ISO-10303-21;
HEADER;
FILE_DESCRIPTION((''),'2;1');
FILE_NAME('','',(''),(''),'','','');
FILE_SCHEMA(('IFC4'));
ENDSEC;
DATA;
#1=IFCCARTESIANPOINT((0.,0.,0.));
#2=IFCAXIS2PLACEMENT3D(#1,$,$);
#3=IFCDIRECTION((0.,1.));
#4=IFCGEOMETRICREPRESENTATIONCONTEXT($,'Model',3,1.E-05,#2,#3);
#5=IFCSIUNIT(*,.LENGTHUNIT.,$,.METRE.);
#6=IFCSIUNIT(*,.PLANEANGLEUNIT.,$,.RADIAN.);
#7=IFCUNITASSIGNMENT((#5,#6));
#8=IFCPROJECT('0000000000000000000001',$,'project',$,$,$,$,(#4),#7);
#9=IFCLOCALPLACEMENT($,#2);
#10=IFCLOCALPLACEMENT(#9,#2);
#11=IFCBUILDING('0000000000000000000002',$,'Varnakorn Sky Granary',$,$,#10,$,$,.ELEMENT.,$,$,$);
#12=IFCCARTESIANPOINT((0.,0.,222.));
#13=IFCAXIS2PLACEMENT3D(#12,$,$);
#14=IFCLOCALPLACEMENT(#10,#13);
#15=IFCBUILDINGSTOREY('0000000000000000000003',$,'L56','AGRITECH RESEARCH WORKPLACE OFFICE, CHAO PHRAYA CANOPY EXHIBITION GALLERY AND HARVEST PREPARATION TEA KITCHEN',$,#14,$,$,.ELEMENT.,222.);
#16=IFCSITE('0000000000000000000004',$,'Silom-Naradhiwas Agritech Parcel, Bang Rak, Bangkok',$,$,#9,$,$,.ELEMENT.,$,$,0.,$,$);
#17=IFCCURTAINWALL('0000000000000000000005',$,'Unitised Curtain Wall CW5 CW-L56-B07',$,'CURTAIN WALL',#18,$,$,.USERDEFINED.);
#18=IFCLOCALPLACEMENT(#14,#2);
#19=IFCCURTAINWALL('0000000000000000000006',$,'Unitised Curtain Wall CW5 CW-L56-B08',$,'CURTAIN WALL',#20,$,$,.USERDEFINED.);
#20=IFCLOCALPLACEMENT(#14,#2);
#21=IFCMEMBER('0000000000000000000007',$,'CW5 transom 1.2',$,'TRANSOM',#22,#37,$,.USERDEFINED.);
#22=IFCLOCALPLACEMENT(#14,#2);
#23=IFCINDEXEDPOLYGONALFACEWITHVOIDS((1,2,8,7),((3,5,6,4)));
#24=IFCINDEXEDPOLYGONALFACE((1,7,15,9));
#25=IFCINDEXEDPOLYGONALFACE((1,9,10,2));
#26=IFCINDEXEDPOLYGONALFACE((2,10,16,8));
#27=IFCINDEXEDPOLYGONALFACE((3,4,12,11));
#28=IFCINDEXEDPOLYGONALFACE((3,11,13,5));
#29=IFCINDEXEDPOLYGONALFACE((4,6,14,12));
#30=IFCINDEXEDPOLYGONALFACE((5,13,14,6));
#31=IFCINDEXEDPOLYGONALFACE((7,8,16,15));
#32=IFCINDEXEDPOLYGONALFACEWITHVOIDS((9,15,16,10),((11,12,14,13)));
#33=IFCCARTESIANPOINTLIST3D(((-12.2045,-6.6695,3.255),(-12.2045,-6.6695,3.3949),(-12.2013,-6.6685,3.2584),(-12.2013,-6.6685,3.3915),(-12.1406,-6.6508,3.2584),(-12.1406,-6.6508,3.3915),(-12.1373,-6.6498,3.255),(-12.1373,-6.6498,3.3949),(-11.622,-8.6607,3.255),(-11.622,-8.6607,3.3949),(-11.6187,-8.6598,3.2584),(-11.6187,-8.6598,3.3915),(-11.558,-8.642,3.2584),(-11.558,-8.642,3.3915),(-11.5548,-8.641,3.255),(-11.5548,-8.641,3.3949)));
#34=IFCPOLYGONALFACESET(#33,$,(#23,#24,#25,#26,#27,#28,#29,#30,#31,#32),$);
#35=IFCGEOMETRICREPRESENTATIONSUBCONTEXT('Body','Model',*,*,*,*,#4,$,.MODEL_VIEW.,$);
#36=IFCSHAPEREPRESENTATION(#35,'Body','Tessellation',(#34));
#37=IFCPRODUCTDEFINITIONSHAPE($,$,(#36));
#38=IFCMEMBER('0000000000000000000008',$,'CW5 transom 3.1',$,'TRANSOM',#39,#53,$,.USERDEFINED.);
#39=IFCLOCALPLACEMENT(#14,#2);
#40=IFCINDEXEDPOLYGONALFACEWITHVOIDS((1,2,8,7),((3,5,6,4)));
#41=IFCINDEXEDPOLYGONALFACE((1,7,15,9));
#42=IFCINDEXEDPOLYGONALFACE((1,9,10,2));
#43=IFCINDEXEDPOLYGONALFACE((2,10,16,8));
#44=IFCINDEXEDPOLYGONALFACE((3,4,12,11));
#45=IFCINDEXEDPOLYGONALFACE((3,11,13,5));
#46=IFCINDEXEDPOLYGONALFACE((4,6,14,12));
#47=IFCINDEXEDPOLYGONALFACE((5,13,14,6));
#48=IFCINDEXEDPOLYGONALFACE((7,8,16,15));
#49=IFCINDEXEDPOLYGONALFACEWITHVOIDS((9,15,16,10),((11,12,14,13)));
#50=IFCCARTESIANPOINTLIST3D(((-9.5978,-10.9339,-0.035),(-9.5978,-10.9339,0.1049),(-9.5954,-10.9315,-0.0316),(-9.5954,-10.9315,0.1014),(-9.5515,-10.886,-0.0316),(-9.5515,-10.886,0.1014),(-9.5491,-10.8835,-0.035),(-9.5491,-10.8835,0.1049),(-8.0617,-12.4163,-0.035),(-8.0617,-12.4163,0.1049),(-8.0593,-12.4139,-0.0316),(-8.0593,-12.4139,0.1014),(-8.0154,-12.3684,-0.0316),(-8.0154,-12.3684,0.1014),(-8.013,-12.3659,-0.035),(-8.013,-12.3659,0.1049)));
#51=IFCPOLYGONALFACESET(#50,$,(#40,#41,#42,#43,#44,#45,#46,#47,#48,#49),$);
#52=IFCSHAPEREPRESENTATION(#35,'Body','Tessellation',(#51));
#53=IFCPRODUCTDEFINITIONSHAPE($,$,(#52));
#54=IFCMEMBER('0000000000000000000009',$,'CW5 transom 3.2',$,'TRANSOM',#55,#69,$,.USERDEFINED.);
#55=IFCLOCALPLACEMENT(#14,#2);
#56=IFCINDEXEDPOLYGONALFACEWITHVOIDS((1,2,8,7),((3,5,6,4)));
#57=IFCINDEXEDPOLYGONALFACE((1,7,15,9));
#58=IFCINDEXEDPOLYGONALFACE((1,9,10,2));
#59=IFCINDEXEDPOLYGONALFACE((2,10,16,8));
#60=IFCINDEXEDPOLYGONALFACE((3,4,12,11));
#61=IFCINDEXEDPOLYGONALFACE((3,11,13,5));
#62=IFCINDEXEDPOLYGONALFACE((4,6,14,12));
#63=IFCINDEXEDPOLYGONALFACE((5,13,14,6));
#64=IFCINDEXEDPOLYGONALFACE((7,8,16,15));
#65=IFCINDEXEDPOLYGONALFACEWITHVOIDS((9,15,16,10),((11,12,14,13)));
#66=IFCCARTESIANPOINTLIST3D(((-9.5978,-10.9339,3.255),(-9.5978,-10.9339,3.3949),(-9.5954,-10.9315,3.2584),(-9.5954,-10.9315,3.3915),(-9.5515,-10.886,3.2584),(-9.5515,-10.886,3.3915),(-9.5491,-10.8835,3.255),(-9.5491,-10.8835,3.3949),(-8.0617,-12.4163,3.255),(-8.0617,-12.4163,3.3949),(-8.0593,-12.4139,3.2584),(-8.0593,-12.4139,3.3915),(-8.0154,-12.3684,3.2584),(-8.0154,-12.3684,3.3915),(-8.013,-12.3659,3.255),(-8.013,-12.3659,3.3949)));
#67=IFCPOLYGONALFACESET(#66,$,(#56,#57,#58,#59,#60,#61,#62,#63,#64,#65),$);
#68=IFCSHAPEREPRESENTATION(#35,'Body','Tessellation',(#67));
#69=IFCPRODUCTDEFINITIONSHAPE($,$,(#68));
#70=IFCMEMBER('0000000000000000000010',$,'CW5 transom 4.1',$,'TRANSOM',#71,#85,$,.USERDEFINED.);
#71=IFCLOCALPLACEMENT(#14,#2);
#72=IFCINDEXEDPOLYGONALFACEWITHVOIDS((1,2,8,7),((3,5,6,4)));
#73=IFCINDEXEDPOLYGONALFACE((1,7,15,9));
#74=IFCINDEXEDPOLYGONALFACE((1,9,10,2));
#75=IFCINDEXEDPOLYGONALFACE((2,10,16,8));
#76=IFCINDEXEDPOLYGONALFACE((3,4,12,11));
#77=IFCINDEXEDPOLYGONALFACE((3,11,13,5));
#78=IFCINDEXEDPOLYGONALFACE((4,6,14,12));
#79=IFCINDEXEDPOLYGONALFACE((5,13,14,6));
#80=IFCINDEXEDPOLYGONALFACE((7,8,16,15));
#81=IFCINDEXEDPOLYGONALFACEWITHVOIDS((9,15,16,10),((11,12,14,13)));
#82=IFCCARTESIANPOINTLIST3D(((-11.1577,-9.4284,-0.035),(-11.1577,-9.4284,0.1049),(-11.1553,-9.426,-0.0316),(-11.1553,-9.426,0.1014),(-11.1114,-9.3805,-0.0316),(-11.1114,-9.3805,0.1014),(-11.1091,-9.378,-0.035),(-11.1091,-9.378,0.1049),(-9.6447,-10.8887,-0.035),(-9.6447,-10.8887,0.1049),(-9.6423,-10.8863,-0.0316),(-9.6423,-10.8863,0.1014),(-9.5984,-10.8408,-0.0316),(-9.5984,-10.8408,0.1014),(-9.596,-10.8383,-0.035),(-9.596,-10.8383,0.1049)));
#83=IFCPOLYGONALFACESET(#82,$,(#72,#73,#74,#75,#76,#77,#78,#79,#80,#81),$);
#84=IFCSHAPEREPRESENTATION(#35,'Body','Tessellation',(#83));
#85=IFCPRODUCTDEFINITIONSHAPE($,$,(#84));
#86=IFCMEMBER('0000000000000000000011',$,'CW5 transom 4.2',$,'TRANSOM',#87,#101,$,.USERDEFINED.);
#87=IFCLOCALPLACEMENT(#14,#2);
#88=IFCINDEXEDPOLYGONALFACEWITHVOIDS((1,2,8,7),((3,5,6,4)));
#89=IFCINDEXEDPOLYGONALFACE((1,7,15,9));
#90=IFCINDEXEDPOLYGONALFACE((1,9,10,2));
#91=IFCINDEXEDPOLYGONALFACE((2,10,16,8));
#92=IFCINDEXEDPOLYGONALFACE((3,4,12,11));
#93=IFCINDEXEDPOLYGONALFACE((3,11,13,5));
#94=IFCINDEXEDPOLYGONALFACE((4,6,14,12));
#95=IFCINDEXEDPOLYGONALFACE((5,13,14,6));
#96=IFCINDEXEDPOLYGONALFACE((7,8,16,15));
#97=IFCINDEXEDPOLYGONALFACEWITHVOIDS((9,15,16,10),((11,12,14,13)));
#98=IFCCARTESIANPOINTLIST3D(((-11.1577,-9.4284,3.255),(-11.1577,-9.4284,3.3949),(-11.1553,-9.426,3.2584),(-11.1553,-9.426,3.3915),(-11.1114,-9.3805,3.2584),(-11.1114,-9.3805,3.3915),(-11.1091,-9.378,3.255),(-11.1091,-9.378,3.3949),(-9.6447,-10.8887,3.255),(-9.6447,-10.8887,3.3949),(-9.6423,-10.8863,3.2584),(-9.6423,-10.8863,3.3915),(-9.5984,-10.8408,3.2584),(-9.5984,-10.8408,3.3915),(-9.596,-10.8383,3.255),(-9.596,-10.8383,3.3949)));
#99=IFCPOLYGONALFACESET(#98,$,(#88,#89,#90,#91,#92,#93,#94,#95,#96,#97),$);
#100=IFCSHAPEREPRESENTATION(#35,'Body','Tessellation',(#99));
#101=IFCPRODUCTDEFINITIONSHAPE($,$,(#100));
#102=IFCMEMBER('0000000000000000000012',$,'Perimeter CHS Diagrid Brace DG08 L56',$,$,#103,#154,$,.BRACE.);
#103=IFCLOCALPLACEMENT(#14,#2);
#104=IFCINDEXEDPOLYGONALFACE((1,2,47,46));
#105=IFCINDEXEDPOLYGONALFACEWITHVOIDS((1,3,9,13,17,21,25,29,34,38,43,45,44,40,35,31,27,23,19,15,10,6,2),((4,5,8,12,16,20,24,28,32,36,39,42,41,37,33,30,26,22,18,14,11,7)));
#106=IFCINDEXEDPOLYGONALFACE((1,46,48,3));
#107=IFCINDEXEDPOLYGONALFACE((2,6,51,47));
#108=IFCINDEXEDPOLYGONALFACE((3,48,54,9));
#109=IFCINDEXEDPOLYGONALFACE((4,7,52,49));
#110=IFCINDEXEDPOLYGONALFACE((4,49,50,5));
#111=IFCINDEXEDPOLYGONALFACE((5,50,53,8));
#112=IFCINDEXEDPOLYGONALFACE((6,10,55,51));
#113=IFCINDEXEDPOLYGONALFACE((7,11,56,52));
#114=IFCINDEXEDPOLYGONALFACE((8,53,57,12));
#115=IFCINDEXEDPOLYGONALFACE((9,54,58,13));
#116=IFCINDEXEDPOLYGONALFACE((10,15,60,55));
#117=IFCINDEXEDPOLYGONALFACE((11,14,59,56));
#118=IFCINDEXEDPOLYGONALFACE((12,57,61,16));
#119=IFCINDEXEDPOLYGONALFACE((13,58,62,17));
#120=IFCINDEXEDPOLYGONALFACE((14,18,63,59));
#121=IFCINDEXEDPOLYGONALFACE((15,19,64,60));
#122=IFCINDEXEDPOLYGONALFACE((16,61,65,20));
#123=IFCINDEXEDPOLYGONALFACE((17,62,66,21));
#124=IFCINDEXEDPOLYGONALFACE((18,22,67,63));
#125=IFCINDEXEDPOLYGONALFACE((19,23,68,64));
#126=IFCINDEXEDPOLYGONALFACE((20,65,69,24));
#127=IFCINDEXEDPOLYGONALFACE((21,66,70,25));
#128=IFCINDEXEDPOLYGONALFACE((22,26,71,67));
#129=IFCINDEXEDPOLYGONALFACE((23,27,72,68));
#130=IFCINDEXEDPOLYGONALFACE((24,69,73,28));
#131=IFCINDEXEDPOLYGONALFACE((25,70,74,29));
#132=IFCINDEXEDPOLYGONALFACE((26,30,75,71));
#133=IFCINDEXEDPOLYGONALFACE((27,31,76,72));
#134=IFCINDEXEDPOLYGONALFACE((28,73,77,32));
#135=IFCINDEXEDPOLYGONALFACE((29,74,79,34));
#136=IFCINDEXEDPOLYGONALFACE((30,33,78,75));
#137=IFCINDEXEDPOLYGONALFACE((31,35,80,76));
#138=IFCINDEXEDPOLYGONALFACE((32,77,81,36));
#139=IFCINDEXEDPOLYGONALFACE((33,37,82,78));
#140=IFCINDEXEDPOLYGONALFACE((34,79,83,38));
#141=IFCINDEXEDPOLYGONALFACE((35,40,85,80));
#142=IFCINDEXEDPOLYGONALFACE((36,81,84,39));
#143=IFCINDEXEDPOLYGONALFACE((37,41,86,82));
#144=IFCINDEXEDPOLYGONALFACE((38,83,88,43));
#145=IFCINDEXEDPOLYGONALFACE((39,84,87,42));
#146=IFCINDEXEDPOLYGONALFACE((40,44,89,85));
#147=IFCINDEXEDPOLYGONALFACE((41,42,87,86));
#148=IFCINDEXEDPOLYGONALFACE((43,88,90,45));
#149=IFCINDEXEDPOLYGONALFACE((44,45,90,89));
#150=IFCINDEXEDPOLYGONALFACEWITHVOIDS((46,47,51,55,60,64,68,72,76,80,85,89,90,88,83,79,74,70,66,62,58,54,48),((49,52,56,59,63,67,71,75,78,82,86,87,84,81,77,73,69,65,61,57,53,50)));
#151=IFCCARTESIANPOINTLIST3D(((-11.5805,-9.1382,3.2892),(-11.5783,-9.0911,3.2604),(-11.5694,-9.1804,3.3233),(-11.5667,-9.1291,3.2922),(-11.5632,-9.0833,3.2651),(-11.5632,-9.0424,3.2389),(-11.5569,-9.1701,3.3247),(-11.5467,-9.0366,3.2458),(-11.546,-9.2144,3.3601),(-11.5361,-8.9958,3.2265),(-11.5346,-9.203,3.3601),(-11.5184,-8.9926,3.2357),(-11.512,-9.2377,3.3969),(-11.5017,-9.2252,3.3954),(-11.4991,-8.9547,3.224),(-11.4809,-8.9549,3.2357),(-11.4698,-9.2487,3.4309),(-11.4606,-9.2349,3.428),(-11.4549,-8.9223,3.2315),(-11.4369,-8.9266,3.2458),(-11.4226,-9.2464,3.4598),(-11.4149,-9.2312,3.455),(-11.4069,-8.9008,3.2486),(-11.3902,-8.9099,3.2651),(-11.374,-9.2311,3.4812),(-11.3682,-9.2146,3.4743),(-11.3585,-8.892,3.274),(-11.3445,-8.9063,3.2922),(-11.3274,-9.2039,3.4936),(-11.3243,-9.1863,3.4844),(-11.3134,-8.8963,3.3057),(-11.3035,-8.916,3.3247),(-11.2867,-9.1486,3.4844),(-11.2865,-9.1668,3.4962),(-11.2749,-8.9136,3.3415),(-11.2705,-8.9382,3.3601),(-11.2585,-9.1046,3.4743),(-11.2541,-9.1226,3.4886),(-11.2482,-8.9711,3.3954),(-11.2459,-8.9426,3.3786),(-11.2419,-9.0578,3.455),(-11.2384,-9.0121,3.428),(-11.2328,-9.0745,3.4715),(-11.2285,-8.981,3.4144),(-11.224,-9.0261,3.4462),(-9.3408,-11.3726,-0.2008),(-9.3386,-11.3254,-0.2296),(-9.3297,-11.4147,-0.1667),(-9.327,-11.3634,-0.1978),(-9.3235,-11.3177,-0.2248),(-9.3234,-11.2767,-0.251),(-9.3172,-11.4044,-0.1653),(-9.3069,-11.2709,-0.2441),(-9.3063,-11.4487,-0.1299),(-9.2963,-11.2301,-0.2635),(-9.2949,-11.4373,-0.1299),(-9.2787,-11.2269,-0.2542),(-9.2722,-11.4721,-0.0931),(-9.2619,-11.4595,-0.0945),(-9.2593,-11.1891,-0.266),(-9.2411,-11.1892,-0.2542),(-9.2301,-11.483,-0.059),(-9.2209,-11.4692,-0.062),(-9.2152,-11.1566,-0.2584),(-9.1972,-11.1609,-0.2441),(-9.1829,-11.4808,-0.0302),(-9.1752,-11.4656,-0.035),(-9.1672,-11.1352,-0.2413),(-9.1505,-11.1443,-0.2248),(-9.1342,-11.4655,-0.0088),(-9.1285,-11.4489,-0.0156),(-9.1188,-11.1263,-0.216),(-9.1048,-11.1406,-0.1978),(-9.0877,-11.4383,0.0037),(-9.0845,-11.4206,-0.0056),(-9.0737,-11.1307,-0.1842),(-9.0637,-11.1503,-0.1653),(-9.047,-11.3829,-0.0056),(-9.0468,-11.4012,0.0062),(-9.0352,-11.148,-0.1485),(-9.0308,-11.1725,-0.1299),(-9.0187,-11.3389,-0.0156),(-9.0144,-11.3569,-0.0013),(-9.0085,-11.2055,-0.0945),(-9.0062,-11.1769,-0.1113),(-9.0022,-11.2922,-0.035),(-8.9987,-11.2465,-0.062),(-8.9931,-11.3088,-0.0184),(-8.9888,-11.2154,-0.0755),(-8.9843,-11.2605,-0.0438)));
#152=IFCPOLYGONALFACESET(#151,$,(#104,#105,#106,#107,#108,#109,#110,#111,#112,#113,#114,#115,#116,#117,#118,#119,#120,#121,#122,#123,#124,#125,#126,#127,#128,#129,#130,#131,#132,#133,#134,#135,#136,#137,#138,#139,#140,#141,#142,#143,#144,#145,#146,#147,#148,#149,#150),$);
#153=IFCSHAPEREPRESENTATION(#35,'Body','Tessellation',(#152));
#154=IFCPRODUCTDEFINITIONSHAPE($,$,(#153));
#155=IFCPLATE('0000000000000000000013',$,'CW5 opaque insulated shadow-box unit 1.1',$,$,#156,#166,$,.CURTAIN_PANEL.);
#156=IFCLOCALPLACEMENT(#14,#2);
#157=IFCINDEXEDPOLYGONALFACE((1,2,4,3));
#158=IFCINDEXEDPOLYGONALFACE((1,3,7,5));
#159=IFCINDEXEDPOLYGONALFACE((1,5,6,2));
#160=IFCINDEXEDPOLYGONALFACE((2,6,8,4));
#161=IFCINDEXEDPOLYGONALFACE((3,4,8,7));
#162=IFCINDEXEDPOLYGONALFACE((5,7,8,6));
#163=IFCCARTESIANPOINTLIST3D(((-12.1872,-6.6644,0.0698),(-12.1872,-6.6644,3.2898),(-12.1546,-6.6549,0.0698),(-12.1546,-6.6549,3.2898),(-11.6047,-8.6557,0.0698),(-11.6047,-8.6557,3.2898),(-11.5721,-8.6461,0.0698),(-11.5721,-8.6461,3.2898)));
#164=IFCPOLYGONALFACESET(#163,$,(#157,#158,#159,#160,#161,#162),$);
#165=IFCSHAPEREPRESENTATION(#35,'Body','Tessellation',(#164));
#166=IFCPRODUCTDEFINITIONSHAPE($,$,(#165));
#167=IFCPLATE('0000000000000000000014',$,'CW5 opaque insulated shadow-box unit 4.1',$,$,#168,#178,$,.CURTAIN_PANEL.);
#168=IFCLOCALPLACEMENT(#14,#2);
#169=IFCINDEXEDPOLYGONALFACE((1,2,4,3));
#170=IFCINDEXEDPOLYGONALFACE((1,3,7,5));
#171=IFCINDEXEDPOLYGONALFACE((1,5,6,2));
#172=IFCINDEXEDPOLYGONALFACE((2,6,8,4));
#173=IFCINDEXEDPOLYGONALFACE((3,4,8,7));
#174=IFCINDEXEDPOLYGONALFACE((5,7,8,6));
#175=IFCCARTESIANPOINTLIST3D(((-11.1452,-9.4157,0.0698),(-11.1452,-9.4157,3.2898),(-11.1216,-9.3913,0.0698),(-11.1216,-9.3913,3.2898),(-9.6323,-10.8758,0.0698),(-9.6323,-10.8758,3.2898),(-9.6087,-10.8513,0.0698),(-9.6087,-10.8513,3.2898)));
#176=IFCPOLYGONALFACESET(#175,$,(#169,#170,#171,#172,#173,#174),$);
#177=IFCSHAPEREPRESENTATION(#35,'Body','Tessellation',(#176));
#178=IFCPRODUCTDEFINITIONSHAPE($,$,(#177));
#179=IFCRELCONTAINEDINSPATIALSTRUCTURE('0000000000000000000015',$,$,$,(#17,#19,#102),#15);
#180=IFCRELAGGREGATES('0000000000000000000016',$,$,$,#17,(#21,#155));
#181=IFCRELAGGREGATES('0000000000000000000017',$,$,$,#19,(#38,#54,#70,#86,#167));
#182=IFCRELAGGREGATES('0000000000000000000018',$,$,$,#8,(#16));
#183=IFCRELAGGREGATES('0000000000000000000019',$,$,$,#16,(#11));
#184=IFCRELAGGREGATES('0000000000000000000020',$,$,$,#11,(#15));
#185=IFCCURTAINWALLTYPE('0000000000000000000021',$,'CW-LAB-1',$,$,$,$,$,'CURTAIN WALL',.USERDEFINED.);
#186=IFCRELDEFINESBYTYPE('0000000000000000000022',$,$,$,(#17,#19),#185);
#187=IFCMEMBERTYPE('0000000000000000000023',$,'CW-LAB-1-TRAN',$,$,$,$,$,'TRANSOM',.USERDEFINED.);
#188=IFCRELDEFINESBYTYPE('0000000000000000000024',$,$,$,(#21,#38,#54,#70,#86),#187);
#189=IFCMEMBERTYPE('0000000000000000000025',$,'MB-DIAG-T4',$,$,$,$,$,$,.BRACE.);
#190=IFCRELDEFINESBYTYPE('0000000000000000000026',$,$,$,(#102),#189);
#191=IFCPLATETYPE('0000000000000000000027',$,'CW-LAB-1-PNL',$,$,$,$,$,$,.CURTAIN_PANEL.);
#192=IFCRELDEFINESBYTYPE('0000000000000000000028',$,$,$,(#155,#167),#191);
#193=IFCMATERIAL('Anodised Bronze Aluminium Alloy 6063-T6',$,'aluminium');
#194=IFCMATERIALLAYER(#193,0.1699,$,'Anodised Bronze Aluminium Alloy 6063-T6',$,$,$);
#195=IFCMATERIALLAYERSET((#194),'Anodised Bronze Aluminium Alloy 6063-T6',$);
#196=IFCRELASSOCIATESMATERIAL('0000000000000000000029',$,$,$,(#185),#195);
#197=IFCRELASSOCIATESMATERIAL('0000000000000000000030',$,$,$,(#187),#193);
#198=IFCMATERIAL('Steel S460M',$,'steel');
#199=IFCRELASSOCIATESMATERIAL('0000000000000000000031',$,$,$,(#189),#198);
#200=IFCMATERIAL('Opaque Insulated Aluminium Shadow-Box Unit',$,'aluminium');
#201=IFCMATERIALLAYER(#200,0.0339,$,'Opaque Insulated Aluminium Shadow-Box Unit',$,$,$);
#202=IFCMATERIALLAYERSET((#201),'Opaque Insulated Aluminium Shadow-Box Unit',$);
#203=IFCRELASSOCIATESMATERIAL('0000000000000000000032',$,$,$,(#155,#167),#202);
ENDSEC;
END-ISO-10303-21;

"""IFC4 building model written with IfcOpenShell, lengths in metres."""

from ifc_helpers import new_model, si_unit, direction, frame, origin, origin_2d, place, context, subcontext, project, spatial, rectangle, hollow_rectangle, hollow_circle, extrude, source, transform, mapped, material, layer, layer_set, material_profile, profile_set, type_object, element, aggregate, save


model = new_model("IFC4")

# Units and contexts
model_context = context("Model", 3, precision=1e-05, world=origin(), true_north=direction((0.0, 1.0)))
body_context = subcontext(model_context, "Body", "Model", "MODEL_VIEW")
ifc_project = project(units=[si_unit("LENGTHUNIT", "METRE"), si_unit("PLANEANGLEUNIT", "RADIAN")], contexts=[model_context])

# Site, building, storey
site_placement = place(None, origin())
site = spatial("IfcSite", under=ifc_project, at=site_placement, Name="Silom-Naradhiwas Agritech Parcel, Bang Rak, Bangkok", CompositionType="ELEMENT", RefElevation=0.0)
building_placement = place(site_placement, origin())
building = spatial("IfcBuilding", under=site, at=building_placement, Name="Varnakorn Sky Granary", CompositionType="ELEMENT")
storey_placement = place(building_placement, frame((0.0, 0.0, 222.0)))
storey = spatial("IfcBuildingStorey", under=building, at=storey_placement, Name="L56", Description="AGRITECH RESEARCH WORKPLACE OFFICE, CHAO PHRAYA CANOPY EXHIBITION GALLERY AND HARVEST PREPARATION TEA KITCHEN", CompositionType="ELEMENT", Elevation=222.0)

# Shared definitions
ifc_material_1 = material(Name="Steel S460M", Category="steel")

# Curtain wall
ifc_material_2 = material(Name="Anodised Bronze Aluminium Alloy 6063-T6", Category="aluminium")
ifc_layer_1 = layer(ifc_material_2, 0.1699, Name="Anodised Bronze Aluminium Alloy 6063-T6")
ifc_layer_set_1 = layer_set([ifc_layer_1], Name="Anodised Bronze Aluminium Alloy 6063-T6")
curtain_wall_type = type_object("IfcCurtainWallType", Name="CW-LAB-1", ElementType="CURTAIN WALL", PredefinedType="USERDEFINED", material=ifc_layer_set_1)
curtain_wall_1_placement = place(storey_placement, origin())
curtain_wall_1 = element("IfcCurtainWall", 1, at=curtain_wall_1_placement, inside=storey, type_object=curtain_wall_type, Name="Unitised Curtain Wall CW5 CW-L56-B07", ObjectType="CURTAIN WALL", PredefinedType="USERDEFINED")

# Curtain wall
curtain_wall_2_placement = place(storey_placement, origin())
curtain_wall_2 = element("IfcCurtainWall", 2, at=curtain_wall_2_placement, inside=storey, type_object=curtain_wall_type, Name="Unitised Curtain Wall CW5 CW-L56-B08", ObjectType="CURTAIN WALL", PredefinedType="USERDEFINED")

# Members
ifc_material_profile_1 = material_profile(ifc_material_2, hollow_rectangle(XDim=0.0701, YDim=0.1399, WallThickness=0.0034, at=origin_2d()), Name="ALU TRAN 70x140")
ifc_profile_set_1 = profile_set([ifc_material_profile_1], Name="Anodised Bronze Aluminium Alloy 6063-T6")
member_type_1 = type_object("IfcMemberType", Name="CW-LAB-1-TRAN", ElementType="TRANSOM", PredefinedType="USERDEFINED", material=ifc_profile_set_1)
member_1_placement = place(storey_placement, frame((-11.5884, -8.6509, 3.325), z_axis=(-0.280777, 0.959773, 0.0), x_axis=(-0.959773, -0.280777, 0.0)))
member_1 = element("IfcMember", 3, at=member_1_placement, type_object=member_type_1, Name="CW5 transom 1.2", ObjectType="TRANSOM", PredefinedType="USERDEFINED", context=body_context, shape_type="SweptSolid", body=[
    extrude(hollow_rectangle(XDim=0.0701, YDim=0.1399, WallThickness=0.0034, at=origin_2d()), origin(), (0.0, 0.0, 1.0), 2.0747),
])
member_2_placement = place(storey_placement, frame((-8.0374, -12.3911, 0.0349), z_axis=(-0.719575, 0.694415, 0.0), x_axis=(-0.694415, -0.719575, 0.0)))
member_2 = element("IfcMember", 4, at=member_2_placement, type_object=member_type_1, Name="CW5 transom 3.1", ObjectType="TRANSOM", PredefinedType="USERDEFINED", context=body_context, shape_type="SweptSolid", body=[
    extrude(hollow_rectangle(XDim=0.0701, YDim=0.1399, WallThickness=0.0034, at=origin_2d()), origin(), (0.0, 0.0, 1.0), 2.1348),
])
member_3_placement = place(storey_placement, frame((-8.0374, -12.3911, 3.325), z_axis=(-0.719575, 0.694415, 0.0), x_axis=(-0.694415, -0.719575, 0.0)))
member_3 = element("IfcMember", 5, at=member_3_placement, type_object=member_type_1, Name="CW5 transom 3.2", ObjectType="TRANSOM", PredefinedType="USERDEFINED", context=body_context, shape_type="SweptSolid", body=[
    extrude(hollow_rectangle(XDim=0.0701, YDim=0.1399, WallThickness=0.0034, at=origin_2d()), origin(), (0.0, 0.0, 1.0), 2.1348),
])
member_4_placement = place(storey_placement, frame((-9.6204, -10.8635, 0.0349), z_axis=(-0.719535, 0.694456, 0.0), x_axis=(-0.694456, -0.719535, 0.0)))
member_4 = element("IfcMember", 6, at=member_4_placement, type_object=member_type_1, Name="CW5 transom 4.1", ObjectType="TRANSOM", PredefinedType="USERDEFINED", context=body_context, shape_type="SweptSolid", body=[
    extrude(hollow_rectangle(XDim=0.0701, YDim=0.1399, WallThickness=0.0034, at=origin_2d()), origin(), (0.0, 0.0, 1.0), 2.1028),
])
member_5_placement = place(storey_placement, frame((-9.6204, -10.8635, 3.325), z_axis=(-0.719535, 0.694456, 0.0), x_axis=(-0.694456, -0.719535, 0.0)))
member_5 = element("IfcMember", 7, at=member_5_placement, type_object=member_type_1, Name="CW5 transom 4.2", ObjectType="TRANSOM", PredefinedType="USERDEFINED", context=body_context, shape_type="SweptSolid", body=[
    extrude(hollow_rectangle(XDim=0.0701, YDim=0.1399, WallThickness=0.0034, at=origin_2d()), origin(), (0.0, 0.0, 1.0), 2.1028),
])
ifc_material_profile_2 = material_profile(ifc_material_1, hollow_circle(Radius=0.2031, WallThickness=0.0161, at=origin_2d()), Name="CHS 406.4x16")
ifc_profile_set_2 = profile_set([ifc_material_profile_2], Name="Steel S460M")
member_type_2 = type_object("IfcMemberType", Name="MB-DIAG-T4", PredefinedType="BRACE", material=ifc_profile_set_2)
member_6_placement = place(storey_placement, frame((-9.1628, -11.3049, -0.1299), z_axis=(-0.475478, 0.474338, 0.740894), x_axis=(-0.706257, -0.707955, 0.0)))
element("IfcMember", 8, at=member_6_placement, inside=storey, type_object=member_type_2, Name="Perimeter CHS Diagrid Brace DG08 L56", PredefinedType="BRACE", context=body_context, shape_type="SweptSolid", body=[
    extrude(hollow_circle(Radius=0.2031, WallThickness=0.0161, at=origin_2d()), origin(), (0.0, 0.0, 1.0), 4.7104),
])

# Plates
ifc_material_3 = material(Name="Opaque Insulated Aluminium Shadow-Box Unit", Category="aluminium")
ifc_layer_2 = layer(ifc_material_3, 0.0339, Name="Opaque Insulated Aluminium Shadow-Box Unit")
ifc_layer_set_2 = layer_set([ifc_layer_2], Name="Opaque Insulated Aluminium Shadow-Box Unit")
plate_type = type_object("IfcPlateType", Name="CW-LAB-1-PNL", PredefinedType="CURTAIN_PANEL")
shared_shape_1 = source(origin(), body_context, "Body", "SweptSolid", [
    extrude(rectangle(XDim=2.0747, YDim=0.0339, at=origin_2d()), origin(), (0.0, 0.0, 1.0), 3.22),
])
plate_1_placement = place(storey_placement, frame((-11.8796, -7.6553, 0.0698), z_axis=(0.0, 0.0, 1.0), x_axis=(-0.280755, 0.959779, 0.0)))
plate_1 = element("IfcPlate", 9, at=plate_1_placement, type_object=plate_type, material=ifc_layer_set_2, Name="CW5 opaque insulated shadow-box unit 1.1", PredefinedType="CURTAIN_PANEL", context=body_context, shape_type="MappedRepresentation", body=[
    mapped(shared_shape_1, transform((0.0, 0.0, 0.0), x_axis=(1.0, 0.0, 0.0), y_axis=(0.0, 1.0, 0.0), z_axis=(0.0, 0.0, 1.0), scale=1.0)),
])
aggregate(curtain_wall_1, [member_1, plate_1])
shared_shape_2 = source(origin(), body_context, "Body", "SweptSolid", [
    extrude(rectangle(XDim=2.1025, YDim=0.0339, at=origin_2d()), origin(), (0.0, 0.0, 1.0), 3.22),
])
plate_2_placement = place(storey_placement, frame((-10.377, -10.1335, 0.0698), z_axis=(0.0, 0.0, 1.0), x_axis=(-0.719585, 0.694404, 0.0)))
plate_2 = element("IfcPlate", 10, at=plate_2_placement, type_object=plate_type, material=ifc_layer_set_2, Name="CW5 opaque insulated shadow-box unit 4.1", PredefinedType="CURTAIN_PANEL", context=body_context, shape_type="MappedRepresentation", body=[
    mapped(shared_shape_2, transform((0.0, 0.0, 0.0), x_axis=(1.0, 0.0, 0.0), y_axis=(0.0, 1.0, 0.0), z_axis=(0.0, 0.0, 1.0), scale=1.0)),
])
aggregate(curtain_wall_2, [member_2, member_3, member_4, member_5, plate_2])

save(model, "model.ifc")
